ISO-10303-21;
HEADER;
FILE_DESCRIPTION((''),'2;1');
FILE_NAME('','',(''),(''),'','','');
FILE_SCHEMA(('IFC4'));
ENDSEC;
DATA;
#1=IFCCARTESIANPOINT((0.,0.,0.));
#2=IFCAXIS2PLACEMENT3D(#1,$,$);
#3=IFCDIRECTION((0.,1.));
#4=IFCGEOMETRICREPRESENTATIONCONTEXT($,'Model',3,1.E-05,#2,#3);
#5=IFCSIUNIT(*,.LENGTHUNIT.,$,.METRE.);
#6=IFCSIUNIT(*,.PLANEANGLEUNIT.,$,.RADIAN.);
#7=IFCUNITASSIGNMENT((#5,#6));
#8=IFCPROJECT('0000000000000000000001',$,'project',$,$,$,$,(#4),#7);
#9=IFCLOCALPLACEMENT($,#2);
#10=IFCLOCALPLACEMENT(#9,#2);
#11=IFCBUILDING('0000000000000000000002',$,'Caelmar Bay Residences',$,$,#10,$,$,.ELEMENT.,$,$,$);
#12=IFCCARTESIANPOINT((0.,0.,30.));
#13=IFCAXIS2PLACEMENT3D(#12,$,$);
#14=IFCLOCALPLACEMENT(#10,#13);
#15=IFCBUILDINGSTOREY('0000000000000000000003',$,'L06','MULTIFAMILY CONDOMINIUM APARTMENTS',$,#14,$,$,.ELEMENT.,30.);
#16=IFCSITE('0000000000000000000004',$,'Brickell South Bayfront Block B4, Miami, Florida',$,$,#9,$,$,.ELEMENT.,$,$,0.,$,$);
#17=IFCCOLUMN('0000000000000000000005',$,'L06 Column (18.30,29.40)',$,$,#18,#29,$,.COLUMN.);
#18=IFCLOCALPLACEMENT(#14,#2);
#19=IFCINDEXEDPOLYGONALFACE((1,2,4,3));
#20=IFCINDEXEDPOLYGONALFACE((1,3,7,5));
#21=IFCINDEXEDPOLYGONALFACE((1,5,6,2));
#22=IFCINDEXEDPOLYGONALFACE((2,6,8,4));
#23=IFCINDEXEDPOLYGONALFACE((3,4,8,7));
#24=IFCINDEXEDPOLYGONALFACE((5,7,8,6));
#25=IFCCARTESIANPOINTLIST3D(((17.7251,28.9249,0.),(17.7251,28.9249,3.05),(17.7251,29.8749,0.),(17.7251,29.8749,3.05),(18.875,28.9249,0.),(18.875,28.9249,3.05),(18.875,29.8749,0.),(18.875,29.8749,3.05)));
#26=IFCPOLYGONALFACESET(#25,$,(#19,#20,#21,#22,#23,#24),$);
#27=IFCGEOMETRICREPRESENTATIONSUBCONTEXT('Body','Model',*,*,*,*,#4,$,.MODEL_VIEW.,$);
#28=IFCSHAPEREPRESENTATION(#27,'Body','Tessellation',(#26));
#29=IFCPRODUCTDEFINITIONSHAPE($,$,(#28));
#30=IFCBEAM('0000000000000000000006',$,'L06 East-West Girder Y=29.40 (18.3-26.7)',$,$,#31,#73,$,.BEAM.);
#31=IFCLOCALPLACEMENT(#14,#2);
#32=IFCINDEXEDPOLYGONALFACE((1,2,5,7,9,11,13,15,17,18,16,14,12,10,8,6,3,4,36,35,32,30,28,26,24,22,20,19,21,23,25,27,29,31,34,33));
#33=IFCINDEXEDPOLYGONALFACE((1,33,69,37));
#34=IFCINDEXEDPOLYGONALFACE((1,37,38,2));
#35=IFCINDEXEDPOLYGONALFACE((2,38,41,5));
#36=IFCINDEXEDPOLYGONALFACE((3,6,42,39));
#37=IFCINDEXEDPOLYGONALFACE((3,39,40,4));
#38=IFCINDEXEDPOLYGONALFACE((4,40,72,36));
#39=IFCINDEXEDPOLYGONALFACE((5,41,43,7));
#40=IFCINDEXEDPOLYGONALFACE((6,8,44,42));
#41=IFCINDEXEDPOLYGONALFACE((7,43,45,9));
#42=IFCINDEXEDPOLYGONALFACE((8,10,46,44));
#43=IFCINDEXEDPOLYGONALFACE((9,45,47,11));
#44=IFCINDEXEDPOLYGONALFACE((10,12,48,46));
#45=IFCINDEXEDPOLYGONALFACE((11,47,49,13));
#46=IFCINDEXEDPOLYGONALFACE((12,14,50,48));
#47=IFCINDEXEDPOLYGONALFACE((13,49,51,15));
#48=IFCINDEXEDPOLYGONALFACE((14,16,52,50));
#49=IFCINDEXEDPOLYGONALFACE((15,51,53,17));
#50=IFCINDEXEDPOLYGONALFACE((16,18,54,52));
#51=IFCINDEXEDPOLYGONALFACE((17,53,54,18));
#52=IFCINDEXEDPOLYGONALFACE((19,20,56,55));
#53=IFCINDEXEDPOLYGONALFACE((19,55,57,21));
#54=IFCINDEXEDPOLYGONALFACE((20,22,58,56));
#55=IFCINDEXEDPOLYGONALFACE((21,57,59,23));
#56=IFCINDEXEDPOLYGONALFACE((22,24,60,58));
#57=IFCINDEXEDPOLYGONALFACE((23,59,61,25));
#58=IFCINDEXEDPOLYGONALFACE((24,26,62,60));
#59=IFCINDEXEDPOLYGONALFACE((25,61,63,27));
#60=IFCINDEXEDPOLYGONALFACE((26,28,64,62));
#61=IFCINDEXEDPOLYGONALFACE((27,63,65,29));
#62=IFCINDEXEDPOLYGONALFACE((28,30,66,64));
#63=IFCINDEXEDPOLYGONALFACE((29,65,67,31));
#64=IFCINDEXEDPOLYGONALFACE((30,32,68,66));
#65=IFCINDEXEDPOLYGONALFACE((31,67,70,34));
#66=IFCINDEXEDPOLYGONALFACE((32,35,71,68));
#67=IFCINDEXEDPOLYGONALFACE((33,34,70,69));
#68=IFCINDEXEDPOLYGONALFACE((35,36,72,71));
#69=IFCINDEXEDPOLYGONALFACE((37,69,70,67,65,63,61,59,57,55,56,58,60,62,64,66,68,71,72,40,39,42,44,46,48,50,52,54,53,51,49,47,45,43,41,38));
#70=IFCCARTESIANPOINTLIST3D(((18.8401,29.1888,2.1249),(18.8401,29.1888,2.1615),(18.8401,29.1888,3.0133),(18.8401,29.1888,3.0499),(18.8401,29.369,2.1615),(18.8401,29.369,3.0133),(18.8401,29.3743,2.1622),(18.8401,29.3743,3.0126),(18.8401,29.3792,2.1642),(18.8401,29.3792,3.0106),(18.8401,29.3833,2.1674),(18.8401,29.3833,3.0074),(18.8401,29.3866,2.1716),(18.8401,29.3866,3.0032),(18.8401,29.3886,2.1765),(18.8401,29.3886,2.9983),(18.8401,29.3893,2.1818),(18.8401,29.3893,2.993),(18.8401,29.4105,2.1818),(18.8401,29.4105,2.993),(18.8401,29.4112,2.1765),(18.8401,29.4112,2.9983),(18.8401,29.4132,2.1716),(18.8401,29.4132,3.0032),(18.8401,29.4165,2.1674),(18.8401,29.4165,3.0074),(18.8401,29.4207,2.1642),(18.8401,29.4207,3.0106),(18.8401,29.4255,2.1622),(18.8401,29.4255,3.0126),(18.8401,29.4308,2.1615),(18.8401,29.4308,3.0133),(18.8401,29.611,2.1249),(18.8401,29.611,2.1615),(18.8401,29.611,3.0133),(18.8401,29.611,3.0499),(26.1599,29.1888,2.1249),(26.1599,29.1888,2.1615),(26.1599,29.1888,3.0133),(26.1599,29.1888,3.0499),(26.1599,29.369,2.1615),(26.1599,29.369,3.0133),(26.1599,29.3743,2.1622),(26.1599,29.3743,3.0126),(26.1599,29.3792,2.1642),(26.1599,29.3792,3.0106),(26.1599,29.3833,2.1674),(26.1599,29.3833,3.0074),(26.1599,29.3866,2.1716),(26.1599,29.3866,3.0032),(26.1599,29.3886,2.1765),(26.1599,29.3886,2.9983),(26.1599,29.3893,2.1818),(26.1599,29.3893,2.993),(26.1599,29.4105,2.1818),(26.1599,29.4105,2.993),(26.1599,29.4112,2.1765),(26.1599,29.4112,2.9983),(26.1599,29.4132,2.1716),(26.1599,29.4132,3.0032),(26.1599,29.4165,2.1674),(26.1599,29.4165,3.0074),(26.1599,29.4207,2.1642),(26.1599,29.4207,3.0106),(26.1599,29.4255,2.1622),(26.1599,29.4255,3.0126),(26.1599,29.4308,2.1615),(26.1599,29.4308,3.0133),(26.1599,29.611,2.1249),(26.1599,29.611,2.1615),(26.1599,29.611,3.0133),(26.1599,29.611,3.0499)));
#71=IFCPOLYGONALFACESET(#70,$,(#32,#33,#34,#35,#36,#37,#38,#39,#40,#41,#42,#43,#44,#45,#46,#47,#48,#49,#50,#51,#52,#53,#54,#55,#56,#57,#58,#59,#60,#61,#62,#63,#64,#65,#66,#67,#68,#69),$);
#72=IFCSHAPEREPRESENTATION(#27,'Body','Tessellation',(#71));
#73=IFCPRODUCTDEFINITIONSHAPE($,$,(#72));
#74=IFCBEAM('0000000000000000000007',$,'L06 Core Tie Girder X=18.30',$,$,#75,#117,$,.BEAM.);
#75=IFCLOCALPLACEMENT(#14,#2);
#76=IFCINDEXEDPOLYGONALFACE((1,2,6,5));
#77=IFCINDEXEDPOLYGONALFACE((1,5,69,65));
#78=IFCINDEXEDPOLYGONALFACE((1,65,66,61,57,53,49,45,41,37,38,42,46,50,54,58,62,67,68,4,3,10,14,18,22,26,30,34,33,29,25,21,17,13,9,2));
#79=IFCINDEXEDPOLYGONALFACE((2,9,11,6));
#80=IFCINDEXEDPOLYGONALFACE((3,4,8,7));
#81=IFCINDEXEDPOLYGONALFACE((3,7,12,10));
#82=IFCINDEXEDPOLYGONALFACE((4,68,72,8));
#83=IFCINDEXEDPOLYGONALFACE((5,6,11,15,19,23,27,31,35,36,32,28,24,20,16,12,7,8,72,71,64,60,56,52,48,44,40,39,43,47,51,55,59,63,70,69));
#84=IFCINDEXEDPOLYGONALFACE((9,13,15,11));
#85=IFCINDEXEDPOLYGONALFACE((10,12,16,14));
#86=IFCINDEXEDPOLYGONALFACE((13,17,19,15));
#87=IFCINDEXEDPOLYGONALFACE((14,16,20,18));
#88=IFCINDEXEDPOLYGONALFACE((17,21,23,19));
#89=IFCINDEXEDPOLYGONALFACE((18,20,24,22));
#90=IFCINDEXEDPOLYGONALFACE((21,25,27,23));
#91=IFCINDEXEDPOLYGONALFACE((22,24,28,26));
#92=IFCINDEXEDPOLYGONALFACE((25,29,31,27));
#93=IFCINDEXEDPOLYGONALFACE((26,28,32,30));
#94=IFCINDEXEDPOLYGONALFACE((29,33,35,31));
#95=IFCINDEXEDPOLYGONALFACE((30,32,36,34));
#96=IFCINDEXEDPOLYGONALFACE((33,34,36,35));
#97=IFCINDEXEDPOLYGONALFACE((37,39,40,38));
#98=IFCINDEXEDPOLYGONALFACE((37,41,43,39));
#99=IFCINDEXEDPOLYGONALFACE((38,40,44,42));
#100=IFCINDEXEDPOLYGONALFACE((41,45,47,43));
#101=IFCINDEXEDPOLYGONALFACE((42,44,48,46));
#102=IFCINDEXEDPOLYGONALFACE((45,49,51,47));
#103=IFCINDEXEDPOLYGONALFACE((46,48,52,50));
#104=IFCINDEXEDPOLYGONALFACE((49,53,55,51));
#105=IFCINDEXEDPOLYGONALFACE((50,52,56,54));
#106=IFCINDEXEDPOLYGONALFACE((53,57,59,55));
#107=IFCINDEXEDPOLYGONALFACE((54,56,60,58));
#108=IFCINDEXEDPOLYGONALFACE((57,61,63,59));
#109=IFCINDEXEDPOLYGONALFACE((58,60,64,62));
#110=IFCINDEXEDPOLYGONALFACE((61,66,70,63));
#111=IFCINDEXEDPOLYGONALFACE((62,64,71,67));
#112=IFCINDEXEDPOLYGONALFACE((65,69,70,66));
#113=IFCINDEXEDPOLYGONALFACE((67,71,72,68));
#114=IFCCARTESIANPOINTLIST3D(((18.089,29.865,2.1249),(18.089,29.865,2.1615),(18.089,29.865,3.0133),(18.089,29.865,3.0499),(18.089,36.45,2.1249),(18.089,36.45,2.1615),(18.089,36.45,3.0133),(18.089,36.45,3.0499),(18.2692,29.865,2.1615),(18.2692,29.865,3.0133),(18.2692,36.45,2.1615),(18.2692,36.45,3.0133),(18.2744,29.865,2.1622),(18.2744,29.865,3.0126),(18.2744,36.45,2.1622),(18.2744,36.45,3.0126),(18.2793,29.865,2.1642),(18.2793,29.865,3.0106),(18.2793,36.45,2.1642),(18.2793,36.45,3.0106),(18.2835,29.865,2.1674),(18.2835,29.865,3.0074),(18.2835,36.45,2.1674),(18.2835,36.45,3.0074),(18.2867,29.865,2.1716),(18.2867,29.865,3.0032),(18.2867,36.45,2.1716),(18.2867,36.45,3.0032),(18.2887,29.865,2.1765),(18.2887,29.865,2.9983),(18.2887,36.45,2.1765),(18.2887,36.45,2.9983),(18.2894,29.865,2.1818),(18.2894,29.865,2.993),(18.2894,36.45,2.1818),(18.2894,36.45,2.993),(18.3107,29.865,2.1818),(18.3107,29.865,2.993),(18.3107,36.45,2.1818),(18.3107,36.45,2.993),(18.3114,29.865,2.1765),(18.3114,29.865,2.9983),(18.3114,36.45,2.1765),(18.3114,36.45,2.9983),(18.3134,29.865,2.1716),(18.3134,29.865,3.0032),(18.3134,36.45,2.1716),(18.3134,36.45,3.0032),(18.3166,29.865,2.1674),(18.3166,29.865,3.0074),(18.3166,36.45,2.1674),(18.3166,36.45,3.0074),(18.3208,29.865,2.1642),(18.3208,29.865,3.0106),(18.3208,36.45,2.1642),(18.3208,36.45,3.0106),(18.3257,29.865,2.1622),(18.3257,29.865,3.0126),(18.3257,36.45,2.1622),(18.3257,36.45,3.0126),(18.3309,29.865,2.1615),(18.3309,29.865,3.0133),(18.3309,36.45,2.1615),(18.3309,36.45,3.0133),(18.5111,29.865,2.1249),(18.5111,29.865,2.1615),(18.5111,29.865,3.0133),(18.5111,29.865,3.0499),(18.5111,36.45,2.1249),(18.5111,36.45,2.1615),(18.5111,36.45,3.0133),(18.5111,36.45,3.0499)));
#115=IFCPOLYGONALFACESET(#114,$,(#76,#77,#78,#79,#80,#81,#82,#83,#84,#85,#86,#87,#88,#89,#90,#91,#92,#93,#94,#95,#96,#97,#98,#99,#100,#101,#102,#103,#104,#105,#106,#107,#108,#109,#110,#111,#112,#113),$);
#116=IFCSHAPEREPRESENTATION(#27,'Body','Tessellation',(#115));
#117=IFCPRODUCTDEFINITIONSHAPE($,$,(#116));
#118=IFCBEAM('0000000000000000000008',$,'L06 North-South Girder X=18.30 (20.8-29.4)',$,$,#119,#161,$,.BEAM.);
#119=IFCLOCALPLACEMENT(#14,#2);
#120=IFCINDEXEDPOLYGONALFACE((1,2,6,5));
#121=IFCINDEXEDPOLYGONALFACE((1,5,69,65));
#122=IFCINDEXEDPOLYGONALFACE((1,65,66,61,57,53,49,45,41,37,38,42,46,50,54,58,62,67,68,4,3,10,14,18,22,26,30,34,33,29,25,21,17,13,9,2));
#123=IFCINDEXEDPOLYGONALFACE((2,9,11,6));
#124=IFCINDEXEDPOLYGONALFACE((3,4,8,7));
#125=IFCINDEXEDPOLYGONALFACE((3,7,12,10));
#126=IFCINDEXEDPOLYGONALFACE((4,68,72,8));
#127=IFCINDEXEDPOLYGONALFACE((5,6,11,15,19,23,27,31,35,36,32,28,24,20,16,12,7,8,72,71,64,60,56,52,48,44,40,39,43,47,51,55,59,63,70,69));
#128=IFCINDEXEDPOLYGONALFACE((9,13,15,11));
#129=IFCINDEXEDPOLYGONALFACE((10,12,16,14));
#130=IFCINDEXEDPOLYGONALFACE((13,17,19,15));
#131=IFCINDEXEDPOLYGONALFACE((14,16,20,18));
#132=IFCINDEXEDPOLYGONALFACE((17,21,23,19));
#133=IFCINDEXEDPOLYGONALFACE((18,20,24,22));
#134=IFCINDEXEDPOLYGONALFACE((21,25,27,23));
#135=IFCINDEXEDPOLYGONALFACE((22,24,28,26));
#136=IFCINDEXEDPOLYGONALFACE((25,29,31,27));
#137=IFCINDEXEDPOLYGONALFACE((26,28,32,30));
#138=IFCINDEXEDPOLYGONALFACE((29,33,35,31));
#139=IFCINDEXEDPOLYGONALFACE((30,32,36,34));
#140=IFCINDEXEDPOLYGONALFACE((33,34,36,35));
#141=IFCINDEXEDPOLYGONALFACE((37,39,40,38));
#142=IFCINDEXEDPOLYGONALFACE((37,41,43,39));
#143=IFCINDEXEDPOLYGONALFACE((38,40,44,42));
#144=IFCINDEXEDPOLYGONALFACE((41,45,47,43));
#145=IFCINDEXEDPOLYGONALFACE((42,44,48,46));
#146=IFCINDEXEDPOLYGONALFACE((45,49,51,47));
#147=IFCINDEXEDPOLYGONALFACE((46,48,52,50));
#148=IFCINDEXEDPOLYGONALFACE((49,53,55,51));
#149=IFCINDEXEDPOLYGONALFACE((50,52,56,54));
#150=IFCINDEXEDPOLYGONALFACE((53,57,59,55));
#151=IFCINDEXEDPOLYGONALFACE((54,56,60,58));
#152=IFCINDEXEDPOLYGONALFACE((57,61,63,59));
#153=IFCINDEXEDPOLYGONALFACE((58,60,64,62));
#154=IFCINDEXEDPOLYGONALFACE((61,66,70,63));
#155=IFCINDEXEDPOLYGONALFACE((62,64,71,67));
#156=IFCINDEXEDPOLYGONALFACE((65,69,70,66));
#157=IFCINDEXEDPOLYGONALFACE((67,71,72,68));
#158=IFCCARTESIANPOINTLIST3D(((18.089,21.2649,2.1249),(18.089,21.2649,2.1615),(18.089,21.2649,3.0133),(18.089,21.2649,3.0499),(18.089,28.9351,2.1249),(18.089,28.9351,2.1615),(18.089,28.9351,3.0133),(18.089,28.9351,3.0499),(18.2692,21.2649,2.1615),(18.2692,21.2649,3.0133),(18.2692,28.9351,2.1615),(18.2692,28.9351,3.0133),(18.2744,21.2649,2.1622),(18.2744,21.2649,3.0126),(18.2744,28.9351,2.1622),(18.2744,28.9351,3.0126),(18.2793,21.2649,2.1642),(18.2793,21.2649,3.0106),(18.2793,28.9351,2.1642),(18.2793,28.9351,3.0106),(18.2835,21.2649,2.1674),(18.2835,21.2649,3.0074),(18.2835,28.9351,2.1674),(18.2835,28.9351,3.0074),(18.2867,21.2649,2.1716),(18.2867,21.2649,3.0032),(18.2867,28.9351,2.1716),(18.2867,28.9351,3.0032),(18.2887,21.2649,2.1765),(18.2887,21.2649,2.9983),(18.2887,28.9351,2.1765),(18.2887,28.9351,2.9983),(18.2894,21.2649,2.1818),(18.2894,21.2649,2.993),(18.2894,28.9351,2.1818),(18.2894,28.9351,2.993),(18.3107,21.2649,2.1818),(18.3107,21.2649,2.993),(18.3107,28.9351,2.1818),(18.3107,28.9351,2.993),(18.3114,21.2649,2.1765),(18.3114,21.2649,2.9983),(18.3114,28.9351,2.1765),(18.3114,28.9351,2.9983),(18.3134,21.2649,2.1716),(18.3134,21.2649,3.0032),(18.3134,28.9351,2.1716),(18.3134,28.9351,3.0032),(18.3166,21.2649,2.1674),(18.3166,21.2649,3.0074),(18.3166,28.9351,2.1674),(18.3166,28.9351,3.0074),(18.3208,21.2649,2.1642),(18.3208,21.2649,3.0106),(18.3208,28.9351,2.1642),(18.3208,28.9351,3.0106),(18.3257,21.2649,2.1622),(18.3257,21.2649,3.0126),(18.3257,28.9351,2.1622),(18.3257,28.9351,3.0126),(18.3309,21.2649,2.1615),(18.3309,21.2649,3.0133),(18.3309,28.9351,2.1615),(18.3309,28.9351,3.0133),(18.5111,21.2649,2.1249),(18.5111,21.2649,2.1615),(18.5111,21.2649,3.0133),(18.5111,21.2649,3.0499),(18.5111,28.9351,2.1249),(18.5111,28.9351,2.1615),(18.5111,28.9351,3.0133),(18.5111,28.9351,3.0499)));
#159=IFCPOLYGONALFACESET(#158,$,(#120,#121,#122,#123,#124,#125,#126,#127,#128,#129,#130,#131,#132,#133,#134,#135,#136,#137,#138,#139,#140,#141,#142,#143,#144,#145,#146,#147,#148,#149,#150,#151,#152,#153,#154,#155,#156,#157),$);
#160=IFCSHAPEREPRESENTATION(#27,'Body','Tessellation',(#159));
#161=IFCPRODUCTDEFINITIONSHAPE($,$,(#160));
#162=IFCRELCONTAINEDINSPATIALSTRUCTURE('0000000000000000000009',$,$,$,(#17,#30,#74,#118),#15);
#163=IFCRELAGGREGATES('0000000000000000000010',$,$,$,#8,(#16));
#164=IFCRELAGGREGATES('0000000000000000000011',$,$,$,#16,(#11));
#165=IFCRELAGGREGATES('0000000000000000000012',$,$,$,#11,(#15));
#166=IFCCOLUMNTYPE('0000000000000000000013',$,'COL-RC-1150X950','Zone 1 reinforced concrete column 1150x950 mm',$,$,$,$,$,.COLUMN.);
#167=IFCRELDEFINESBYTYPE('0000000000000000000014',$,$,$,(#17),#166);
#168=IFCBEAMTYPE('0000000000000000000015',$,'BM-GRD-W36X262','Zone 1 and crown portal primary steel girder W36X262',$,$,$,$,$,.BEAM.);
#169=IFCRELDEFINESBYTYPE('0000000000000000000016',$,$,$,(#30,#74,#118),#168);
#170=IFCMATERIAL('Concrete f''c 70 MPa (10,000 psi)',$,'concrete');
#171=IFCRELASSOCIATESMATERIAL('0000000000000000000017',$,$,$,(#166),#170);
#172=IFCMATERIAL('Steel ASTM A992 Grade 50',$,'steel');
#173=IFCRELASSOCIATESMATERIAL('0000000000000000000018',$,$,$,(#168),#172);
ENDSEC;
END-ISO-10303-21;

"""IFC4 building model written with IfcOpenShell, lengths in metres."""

from ifc_helpers import new_model, si_unit, direction, frame, origin, origin_2d, place, context, subcontext, project, spatial, rectangle, i_section, extrude, material, material_profile, profile_set, type_object, element, save


model = new_model("IFC4")

# Units and contexts
model_context = context("Model", 3, precision=1e-05, world=origin(), true_north=direction((0.0, 1.0)))
body_context = subcontext(model_context, "Body", "Model", "MODEL_VIEW")
ifc_project = project(units=[si_unit("LENGTHUNIT", "METRE"), si_unit("PLANEANGLEUNIT", "RADIAN")], contexts=[model_context])

# Site, building, storey
site_placement = place(None, origin())
site = spatial("IfcSite", under=ifc_project, at=site_placement, Name="Brickell South Bayfront Block B4, Miami, Florida", CompositionType="ELEMENT", RefElevation=0.0)
building_placement = place(site_placement, origin())
building = spatial("IfcBuilding", under=site, at=building_placement, Name="Caelmar Bay Residences", CompositionType="ELEMENT")
storey_placement = place(building_placement, frame((0.0, 0.0, 30.0)))
storey = spatial("IfcBuildingStorey", under=building, at=storey_placement, Name="L06", Description="MULTIFAMILY CONDOMINIUM APARTMENTS", CompositionType="ELEMENT", Elevation=30.0)

# Column
ifc_material_1 = material(Name="Concrete f'c 70 MPa (10,000 psi)", Category="concrete")
ifc_material_profile_1 = material_profile(ifc_material_1, rectangle(XDim=1.1499, YDim=0.95, at=origin_2d()), Name="RC-COL-1150X950")
ifc_profile_set_1 = profile_set([ifc_material_profile_1], Name="Concrete f'c 70 MPa (10,000 psi)")
column_type = type_object("IfcColumnType", Name="COL-RC-1150X950", Description="Zone 1 reinforced concrete column 1150x950 mm", PredefinedType="COLUMN", material=ifc_profile_set_1)
column_placement = place(storey_placement, frame((18.3, 29.3999, 0.0), z_axis=(0.0, 0.0, 1.0), x_axis=(1.0, 0.0, 0.0)))
element("IfcColumn", 1, at=column_placement, inside=storey, type_object=column_type, Name="L06 Column (18.30,29.40)", PredefinedType="COLUMN", context=body_context, shape_type="SweptSolid", body=[
    extrude(rectangle(XDim=1.1499, YDim=0.95, at=origin_2d()), origin(), (0.0, 0.0, 1.0), 3.05),
])

# Beams
ifc_material_2 = material(Name="Steel ASTM A992 Grade 50", Category="steel")
ifc_material_profile_2 = material_profile(ifc_material_2, i_section(OverallWidth=0.4221, OverallDepth=0.925, WebThickness=0.0212, FlangeThickness=0.0366, FilletRadius=0.0203, at=origin_2d()), Name="W36X262")
ifc_profile_set_2 = profile_set([ifc_material_profile_2], Name="Steel ASTM A992 Grade 50")
beam_type_1 = type_object("IfcBeamType", Name="BM-GRD-W36X262", Description="Zone 1 and crown portal primary steel girder W36X262", PredefinedType="BEAM", material=ifc_profile_set_2)
beam_1_placement = place(storey_placement, frame((18.8401, 29.3999, 2.5874), z_axis=(1.0, 0.0, 0.0), x_axis=(0.0, 1.0, 0.0)))
element("IfcBeam", 2, at=beam_1_placement, inside=storey, type_object=beam_type_1, Name="L06 East-West Girder Y=29.40 (18.3-26.7)", PredefinedType="BEAM", context=body_context, shape_type="SweptSolid", body=[
    extrude(i_section(OverallWidth=0.4221, OverallDepth=0.925, WebThickness=0.0212, FlangeThickness=0.0366, FilletRadius=0.0203, at=origin_2d()), origin(), (0.0, 0.0, 1.0), 7.3198),
])
beam_2_placement = place(storey_placement, frame((18.3, 29.865, 2.5874), z_axis=(0.0, 1.0, 0.0), x_axis=(-1.0, 0.0, 0.0)))
element("IfcBeam", 3, at=beam_2_placement, inside=storey, type_object=beam_type_1, Name="L06 Core Tie Girder X=18.30", PredefinedType="BEAM", context=body_context, shape_type="SweptSolid", body=[
    extrude(i_section(OverallWidth=0.4221, OverallDepth=0.925, WebThickness=0.0212, FlangeThickness=0.0366, FilletRadius=0.0203, at=origin_2d()), origin(), (0.0, 0.0, 1.0), 6.585),
])
beam_3_placement = place(storey_placement, frame((18.3, 21.2649, 2.5874), z_axis=(0.0, 1.0, 0.0), x_axis=(-1.0, 0.0, 0.0)))
element("IfcBeam", 4, at=beam_3_placement, inside=storey, type_object=beam_type_1, Name="L06 North-South Girder X=18.30 (20.8-29.4)", PredefinedType="BEAM", context=body_context, shape_type="SweptSolid", body=[
    extrude(i_section(OverallWidth=0.4221, OverallDepth=0.925, WebThickness=0.0212, FlangeThickness=0.0366, FilletRadius=0.0203, at=origin_2d()), origin(), (0.0, 0.0, 1.0), 7.6702),
])

save(model, "model.ifc")
